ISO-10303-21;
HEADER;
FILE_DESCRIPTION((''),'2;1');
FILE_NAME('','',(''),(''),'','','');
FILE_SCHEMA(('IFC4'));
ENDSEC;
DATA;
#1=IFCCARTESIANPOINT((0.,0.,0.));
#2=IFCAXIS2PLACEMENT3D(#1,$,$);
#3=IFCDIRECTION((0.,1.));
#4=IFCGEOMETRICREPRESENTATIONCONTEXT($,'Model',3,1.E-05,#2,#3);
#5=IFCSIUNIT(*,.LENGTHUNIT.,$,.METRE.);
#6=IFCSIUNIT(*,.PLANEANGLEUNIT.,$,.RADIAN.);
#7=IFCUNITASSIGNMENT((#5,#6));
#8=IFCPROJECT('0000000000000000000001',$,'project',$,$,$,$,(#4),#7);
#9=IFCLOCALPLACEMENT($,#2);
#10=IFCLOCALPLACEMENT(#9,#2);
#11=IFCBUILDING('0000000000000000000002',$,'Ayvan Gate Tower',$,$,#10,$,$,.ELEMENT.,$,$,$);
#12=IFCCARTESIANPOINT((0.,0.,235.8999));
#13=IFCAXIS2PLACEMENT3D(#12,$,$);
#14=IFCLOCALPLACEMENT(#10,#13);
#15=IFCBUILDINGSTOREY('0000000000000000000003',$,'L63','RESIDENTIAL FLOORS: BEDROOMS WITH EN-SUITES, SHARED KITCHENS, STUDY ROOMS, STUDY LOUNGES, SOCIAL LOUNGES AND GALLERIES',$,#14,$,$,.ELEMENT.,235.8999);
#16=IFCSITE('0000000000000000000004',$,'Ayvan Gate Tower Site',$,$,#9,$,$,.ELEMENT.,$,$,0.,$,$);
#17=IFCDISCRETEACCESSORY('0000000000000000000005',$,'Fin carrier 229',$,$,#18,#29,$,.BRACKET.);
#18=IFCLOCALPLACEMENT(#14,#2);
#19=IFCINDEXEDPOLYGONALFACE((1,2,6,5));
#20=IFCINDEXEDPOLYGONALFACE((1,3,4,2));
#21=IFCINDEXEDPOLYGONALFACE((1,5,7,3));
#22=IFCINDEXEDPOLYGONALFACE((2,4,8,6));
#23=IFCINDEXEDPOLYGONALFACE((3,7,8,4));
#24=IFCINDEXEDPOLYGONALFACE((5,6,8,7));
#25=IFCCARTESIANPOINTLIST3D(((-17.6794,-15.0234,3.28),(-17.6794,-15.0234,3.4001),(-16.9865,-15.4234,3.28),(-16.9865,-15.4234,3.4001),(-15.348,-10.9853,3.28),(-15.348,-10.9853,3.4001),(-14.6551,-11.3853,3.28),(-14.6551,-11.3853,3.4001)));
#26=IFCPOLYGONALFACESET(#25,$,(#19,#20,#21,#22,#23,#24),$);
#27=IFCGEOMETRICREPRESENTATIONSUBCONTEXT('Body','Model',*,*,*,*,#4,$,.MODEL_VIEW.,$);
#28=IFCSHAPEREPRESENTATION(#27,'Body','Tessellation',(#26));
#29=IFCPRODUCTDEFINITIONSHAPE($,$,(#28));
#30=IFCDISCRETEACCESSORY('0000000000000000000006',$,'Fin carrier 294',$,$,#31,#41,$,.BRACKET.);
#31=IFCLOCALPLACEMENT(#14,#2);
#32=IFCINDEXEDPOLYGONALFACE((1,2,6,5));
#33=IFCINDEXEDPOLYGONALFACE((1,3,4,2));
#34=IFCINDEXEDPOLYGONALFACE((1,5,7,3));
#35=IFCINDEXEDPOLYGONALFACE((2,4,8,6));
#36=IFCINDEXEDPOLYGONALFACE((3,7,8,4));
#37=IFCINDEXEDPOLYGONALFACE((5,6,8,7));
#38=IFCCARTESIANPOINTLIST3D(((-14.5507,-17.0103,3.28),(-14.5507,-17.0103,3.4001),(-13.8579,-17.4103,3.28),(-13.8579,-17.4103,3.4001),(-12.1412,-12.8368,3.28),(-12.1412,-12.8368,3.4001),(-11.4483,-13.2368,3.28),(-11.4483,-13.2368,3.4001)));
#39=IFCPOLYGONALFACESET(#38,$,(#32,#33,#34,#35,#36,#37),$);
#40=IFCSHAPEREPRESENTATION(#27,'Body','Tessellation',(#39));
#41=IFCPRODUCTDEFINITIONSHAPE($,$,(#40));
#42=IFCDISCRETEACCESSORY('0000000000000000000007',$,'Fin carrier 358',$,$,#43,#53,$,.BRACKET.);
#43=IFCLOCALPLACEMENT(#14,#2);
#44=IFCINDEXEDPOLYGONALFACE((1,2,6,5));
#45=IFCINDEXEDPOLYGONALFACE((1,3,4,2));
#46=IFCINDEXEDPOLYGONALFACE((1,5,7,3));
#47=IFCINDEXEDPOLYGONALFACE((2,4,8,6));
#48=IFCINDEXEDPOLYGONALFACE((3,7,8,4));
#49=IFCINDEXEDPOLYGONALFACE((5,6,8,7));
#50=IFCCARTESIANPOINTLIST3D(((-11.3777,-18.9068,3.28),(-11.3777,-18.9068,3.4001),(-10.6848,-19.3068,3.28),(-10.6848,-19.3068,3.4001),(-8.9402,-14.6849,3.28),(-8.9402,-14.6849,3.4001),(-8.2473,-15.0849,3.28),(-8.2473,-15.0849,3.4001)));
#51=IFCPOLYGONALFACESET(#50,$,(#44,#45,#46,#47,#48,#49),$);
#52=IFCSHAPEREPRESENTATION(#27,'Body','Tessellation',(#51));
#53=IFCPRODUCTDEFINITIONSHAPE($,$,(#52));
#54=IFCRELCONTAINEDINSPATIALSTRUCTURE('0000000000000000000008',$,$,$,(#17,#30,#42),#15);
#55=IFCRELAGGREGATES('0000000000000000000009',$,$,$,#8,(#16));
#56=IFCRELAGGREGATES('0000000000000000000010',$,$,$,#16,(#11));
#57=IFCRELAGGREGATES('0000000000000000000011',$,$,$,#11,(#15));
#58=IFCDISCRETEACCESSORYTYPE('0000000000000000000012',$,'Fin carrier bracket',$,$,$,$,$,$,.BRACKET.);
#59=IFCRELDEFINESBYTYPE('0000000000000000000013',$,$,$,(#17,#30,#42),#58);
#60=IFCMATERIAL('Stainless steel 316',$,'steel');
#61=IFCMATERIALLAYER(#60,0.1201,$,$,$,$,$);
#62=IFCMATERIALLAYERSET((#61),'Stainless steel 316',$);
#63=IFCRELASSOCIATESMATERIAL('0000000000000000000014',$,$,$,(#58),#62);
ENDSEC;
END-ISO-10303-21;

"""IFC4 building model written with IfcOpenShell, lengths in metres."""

from ifc_helpers import new_model, si_unit, direction, frame, origin, origin_2d, place, context, subcontext, project, spatial, rectangle, extrude, material, layer, layer_set, type_object, element, save


model = new_model("IFC4")

# Units and contexts
model_context = context("Model", 3, precision=1e-05, world=origin(), true_north=direction((0.0, 1.0)))
body_context = subcontext(model_context, "Body", "Model", "MODEL_VIEW")
ifc_project = project(units=[si_unit("LENGTHUNIT", "METRE"), si_unit("PLANEANGLEUNIT", "RADIAN")], contexts=[model_context])

# Site, building, storey
site_placement = place(None, origin())
site = spatial("IfcSite", under=ifc_project, at=site_placement, Name="Ayvan Gate Tower Site", CompositionType="ELEMENT", RefElevation=0.0)
building_placement = place(site_placement, origin())
building = spatial("IfcBuilding", under=site, at=building_placement, Name="Ayvan Gate Tower", CompositionType="ELEMENT")
storey_placement = place(building_placement, frame((0.0, 0.0, 235.8999)))
storey = spatial("IfcBuildingStorey", under=building, at=storey_placement, Name="L63", Description="RESIDENTIAL FLOORS: BEDROOMS WITH EN-SUITES, SHARED KITCHENS, STUDY ROOMS, STUDY LOUNGES, SOCIAL LOUNGES AND GALLERIES", CompositionType="ELEMENT", Elevation=235.8999)

# Discrete accessories
ifc_material_1 = material(Name="Stainless steel 316", Category="steel")
ifc_layer_1 = layer(ifc_material_1, 0.1201)
ifc_layer_set_1 = layer_set([ifc_layer_1], Name="Stainless steel 316")
discrete_accessory_type = type_object("IfcDiscreteAccessoryType", Name="Fin carrier bracket", PredefinedType="BRACKET", material=ifc_layer_set_1)
discrete_accessory_1_placement = place(storey_placement, frame((-16.1672, -13.2043, 3.28), z_axis=(0.0, 0.0, 1.0), x_axis=(0.866025, -0.5, 0.0)))
element("IfcDiscreteAccessory", 1, at=discrete_accessory_1_placement, inside=storey, type_object=discrete_accessory_type, Name="Fin carrier 229", PredefinedType="BRACKET", context=body_context, shape_type="SweptSolid", body=[
    extrude(rectangle(XDim=0.8, YDim=4.6628, at=origin_2d()), origin(), (0.0, 0.0, 1.0), 0.1201),
])
discrete_accessory_2_placement = place(storey_placement, frame((-12.9995, -15.1235, 3.28), z_axis=(0.0, 0.0, 1.0), x_axis=(0.866025, -0.5, 0.0)))
element("IfcDiscreteAccessory", 2, at=discrete_accessory_2_placement, inside=storey, type_object=discrete_accessory_type, Name="Fin carrier 294", PredefinedType="BRACKET", context=body_context, shape_type="SweptSolid", body=[
    extrude(rectangle(XDim=0.8, YDim=4.8191, at=origin_2d()), origin(), (0.0, 0.0, 1.0), 0.1201),
])
discrete_accessory_3_placement = place(storey_placement, frame((-9.8125, -16.9958, 3.28), z_axis=(0.0, 0.0, 1.0), x_axis=(0.866025, -0.5, 0.0)))
element("IfcDiscreteAccessory", 3, at=discrete_accessory_3_placement, inside=storey, type_object=discrete_accessory_type, Name="Fin carrier 358", PredefinedType="BRACKET", context=body_context, shape_type="SweptSolid", body=[
    extrude(rectangle(XDim=0.8, YDim=4.875, at=origin_2d()), origin(), (0.0, 0.0, 1.0), 0.1201),
])

save(model, "model.ifc")
